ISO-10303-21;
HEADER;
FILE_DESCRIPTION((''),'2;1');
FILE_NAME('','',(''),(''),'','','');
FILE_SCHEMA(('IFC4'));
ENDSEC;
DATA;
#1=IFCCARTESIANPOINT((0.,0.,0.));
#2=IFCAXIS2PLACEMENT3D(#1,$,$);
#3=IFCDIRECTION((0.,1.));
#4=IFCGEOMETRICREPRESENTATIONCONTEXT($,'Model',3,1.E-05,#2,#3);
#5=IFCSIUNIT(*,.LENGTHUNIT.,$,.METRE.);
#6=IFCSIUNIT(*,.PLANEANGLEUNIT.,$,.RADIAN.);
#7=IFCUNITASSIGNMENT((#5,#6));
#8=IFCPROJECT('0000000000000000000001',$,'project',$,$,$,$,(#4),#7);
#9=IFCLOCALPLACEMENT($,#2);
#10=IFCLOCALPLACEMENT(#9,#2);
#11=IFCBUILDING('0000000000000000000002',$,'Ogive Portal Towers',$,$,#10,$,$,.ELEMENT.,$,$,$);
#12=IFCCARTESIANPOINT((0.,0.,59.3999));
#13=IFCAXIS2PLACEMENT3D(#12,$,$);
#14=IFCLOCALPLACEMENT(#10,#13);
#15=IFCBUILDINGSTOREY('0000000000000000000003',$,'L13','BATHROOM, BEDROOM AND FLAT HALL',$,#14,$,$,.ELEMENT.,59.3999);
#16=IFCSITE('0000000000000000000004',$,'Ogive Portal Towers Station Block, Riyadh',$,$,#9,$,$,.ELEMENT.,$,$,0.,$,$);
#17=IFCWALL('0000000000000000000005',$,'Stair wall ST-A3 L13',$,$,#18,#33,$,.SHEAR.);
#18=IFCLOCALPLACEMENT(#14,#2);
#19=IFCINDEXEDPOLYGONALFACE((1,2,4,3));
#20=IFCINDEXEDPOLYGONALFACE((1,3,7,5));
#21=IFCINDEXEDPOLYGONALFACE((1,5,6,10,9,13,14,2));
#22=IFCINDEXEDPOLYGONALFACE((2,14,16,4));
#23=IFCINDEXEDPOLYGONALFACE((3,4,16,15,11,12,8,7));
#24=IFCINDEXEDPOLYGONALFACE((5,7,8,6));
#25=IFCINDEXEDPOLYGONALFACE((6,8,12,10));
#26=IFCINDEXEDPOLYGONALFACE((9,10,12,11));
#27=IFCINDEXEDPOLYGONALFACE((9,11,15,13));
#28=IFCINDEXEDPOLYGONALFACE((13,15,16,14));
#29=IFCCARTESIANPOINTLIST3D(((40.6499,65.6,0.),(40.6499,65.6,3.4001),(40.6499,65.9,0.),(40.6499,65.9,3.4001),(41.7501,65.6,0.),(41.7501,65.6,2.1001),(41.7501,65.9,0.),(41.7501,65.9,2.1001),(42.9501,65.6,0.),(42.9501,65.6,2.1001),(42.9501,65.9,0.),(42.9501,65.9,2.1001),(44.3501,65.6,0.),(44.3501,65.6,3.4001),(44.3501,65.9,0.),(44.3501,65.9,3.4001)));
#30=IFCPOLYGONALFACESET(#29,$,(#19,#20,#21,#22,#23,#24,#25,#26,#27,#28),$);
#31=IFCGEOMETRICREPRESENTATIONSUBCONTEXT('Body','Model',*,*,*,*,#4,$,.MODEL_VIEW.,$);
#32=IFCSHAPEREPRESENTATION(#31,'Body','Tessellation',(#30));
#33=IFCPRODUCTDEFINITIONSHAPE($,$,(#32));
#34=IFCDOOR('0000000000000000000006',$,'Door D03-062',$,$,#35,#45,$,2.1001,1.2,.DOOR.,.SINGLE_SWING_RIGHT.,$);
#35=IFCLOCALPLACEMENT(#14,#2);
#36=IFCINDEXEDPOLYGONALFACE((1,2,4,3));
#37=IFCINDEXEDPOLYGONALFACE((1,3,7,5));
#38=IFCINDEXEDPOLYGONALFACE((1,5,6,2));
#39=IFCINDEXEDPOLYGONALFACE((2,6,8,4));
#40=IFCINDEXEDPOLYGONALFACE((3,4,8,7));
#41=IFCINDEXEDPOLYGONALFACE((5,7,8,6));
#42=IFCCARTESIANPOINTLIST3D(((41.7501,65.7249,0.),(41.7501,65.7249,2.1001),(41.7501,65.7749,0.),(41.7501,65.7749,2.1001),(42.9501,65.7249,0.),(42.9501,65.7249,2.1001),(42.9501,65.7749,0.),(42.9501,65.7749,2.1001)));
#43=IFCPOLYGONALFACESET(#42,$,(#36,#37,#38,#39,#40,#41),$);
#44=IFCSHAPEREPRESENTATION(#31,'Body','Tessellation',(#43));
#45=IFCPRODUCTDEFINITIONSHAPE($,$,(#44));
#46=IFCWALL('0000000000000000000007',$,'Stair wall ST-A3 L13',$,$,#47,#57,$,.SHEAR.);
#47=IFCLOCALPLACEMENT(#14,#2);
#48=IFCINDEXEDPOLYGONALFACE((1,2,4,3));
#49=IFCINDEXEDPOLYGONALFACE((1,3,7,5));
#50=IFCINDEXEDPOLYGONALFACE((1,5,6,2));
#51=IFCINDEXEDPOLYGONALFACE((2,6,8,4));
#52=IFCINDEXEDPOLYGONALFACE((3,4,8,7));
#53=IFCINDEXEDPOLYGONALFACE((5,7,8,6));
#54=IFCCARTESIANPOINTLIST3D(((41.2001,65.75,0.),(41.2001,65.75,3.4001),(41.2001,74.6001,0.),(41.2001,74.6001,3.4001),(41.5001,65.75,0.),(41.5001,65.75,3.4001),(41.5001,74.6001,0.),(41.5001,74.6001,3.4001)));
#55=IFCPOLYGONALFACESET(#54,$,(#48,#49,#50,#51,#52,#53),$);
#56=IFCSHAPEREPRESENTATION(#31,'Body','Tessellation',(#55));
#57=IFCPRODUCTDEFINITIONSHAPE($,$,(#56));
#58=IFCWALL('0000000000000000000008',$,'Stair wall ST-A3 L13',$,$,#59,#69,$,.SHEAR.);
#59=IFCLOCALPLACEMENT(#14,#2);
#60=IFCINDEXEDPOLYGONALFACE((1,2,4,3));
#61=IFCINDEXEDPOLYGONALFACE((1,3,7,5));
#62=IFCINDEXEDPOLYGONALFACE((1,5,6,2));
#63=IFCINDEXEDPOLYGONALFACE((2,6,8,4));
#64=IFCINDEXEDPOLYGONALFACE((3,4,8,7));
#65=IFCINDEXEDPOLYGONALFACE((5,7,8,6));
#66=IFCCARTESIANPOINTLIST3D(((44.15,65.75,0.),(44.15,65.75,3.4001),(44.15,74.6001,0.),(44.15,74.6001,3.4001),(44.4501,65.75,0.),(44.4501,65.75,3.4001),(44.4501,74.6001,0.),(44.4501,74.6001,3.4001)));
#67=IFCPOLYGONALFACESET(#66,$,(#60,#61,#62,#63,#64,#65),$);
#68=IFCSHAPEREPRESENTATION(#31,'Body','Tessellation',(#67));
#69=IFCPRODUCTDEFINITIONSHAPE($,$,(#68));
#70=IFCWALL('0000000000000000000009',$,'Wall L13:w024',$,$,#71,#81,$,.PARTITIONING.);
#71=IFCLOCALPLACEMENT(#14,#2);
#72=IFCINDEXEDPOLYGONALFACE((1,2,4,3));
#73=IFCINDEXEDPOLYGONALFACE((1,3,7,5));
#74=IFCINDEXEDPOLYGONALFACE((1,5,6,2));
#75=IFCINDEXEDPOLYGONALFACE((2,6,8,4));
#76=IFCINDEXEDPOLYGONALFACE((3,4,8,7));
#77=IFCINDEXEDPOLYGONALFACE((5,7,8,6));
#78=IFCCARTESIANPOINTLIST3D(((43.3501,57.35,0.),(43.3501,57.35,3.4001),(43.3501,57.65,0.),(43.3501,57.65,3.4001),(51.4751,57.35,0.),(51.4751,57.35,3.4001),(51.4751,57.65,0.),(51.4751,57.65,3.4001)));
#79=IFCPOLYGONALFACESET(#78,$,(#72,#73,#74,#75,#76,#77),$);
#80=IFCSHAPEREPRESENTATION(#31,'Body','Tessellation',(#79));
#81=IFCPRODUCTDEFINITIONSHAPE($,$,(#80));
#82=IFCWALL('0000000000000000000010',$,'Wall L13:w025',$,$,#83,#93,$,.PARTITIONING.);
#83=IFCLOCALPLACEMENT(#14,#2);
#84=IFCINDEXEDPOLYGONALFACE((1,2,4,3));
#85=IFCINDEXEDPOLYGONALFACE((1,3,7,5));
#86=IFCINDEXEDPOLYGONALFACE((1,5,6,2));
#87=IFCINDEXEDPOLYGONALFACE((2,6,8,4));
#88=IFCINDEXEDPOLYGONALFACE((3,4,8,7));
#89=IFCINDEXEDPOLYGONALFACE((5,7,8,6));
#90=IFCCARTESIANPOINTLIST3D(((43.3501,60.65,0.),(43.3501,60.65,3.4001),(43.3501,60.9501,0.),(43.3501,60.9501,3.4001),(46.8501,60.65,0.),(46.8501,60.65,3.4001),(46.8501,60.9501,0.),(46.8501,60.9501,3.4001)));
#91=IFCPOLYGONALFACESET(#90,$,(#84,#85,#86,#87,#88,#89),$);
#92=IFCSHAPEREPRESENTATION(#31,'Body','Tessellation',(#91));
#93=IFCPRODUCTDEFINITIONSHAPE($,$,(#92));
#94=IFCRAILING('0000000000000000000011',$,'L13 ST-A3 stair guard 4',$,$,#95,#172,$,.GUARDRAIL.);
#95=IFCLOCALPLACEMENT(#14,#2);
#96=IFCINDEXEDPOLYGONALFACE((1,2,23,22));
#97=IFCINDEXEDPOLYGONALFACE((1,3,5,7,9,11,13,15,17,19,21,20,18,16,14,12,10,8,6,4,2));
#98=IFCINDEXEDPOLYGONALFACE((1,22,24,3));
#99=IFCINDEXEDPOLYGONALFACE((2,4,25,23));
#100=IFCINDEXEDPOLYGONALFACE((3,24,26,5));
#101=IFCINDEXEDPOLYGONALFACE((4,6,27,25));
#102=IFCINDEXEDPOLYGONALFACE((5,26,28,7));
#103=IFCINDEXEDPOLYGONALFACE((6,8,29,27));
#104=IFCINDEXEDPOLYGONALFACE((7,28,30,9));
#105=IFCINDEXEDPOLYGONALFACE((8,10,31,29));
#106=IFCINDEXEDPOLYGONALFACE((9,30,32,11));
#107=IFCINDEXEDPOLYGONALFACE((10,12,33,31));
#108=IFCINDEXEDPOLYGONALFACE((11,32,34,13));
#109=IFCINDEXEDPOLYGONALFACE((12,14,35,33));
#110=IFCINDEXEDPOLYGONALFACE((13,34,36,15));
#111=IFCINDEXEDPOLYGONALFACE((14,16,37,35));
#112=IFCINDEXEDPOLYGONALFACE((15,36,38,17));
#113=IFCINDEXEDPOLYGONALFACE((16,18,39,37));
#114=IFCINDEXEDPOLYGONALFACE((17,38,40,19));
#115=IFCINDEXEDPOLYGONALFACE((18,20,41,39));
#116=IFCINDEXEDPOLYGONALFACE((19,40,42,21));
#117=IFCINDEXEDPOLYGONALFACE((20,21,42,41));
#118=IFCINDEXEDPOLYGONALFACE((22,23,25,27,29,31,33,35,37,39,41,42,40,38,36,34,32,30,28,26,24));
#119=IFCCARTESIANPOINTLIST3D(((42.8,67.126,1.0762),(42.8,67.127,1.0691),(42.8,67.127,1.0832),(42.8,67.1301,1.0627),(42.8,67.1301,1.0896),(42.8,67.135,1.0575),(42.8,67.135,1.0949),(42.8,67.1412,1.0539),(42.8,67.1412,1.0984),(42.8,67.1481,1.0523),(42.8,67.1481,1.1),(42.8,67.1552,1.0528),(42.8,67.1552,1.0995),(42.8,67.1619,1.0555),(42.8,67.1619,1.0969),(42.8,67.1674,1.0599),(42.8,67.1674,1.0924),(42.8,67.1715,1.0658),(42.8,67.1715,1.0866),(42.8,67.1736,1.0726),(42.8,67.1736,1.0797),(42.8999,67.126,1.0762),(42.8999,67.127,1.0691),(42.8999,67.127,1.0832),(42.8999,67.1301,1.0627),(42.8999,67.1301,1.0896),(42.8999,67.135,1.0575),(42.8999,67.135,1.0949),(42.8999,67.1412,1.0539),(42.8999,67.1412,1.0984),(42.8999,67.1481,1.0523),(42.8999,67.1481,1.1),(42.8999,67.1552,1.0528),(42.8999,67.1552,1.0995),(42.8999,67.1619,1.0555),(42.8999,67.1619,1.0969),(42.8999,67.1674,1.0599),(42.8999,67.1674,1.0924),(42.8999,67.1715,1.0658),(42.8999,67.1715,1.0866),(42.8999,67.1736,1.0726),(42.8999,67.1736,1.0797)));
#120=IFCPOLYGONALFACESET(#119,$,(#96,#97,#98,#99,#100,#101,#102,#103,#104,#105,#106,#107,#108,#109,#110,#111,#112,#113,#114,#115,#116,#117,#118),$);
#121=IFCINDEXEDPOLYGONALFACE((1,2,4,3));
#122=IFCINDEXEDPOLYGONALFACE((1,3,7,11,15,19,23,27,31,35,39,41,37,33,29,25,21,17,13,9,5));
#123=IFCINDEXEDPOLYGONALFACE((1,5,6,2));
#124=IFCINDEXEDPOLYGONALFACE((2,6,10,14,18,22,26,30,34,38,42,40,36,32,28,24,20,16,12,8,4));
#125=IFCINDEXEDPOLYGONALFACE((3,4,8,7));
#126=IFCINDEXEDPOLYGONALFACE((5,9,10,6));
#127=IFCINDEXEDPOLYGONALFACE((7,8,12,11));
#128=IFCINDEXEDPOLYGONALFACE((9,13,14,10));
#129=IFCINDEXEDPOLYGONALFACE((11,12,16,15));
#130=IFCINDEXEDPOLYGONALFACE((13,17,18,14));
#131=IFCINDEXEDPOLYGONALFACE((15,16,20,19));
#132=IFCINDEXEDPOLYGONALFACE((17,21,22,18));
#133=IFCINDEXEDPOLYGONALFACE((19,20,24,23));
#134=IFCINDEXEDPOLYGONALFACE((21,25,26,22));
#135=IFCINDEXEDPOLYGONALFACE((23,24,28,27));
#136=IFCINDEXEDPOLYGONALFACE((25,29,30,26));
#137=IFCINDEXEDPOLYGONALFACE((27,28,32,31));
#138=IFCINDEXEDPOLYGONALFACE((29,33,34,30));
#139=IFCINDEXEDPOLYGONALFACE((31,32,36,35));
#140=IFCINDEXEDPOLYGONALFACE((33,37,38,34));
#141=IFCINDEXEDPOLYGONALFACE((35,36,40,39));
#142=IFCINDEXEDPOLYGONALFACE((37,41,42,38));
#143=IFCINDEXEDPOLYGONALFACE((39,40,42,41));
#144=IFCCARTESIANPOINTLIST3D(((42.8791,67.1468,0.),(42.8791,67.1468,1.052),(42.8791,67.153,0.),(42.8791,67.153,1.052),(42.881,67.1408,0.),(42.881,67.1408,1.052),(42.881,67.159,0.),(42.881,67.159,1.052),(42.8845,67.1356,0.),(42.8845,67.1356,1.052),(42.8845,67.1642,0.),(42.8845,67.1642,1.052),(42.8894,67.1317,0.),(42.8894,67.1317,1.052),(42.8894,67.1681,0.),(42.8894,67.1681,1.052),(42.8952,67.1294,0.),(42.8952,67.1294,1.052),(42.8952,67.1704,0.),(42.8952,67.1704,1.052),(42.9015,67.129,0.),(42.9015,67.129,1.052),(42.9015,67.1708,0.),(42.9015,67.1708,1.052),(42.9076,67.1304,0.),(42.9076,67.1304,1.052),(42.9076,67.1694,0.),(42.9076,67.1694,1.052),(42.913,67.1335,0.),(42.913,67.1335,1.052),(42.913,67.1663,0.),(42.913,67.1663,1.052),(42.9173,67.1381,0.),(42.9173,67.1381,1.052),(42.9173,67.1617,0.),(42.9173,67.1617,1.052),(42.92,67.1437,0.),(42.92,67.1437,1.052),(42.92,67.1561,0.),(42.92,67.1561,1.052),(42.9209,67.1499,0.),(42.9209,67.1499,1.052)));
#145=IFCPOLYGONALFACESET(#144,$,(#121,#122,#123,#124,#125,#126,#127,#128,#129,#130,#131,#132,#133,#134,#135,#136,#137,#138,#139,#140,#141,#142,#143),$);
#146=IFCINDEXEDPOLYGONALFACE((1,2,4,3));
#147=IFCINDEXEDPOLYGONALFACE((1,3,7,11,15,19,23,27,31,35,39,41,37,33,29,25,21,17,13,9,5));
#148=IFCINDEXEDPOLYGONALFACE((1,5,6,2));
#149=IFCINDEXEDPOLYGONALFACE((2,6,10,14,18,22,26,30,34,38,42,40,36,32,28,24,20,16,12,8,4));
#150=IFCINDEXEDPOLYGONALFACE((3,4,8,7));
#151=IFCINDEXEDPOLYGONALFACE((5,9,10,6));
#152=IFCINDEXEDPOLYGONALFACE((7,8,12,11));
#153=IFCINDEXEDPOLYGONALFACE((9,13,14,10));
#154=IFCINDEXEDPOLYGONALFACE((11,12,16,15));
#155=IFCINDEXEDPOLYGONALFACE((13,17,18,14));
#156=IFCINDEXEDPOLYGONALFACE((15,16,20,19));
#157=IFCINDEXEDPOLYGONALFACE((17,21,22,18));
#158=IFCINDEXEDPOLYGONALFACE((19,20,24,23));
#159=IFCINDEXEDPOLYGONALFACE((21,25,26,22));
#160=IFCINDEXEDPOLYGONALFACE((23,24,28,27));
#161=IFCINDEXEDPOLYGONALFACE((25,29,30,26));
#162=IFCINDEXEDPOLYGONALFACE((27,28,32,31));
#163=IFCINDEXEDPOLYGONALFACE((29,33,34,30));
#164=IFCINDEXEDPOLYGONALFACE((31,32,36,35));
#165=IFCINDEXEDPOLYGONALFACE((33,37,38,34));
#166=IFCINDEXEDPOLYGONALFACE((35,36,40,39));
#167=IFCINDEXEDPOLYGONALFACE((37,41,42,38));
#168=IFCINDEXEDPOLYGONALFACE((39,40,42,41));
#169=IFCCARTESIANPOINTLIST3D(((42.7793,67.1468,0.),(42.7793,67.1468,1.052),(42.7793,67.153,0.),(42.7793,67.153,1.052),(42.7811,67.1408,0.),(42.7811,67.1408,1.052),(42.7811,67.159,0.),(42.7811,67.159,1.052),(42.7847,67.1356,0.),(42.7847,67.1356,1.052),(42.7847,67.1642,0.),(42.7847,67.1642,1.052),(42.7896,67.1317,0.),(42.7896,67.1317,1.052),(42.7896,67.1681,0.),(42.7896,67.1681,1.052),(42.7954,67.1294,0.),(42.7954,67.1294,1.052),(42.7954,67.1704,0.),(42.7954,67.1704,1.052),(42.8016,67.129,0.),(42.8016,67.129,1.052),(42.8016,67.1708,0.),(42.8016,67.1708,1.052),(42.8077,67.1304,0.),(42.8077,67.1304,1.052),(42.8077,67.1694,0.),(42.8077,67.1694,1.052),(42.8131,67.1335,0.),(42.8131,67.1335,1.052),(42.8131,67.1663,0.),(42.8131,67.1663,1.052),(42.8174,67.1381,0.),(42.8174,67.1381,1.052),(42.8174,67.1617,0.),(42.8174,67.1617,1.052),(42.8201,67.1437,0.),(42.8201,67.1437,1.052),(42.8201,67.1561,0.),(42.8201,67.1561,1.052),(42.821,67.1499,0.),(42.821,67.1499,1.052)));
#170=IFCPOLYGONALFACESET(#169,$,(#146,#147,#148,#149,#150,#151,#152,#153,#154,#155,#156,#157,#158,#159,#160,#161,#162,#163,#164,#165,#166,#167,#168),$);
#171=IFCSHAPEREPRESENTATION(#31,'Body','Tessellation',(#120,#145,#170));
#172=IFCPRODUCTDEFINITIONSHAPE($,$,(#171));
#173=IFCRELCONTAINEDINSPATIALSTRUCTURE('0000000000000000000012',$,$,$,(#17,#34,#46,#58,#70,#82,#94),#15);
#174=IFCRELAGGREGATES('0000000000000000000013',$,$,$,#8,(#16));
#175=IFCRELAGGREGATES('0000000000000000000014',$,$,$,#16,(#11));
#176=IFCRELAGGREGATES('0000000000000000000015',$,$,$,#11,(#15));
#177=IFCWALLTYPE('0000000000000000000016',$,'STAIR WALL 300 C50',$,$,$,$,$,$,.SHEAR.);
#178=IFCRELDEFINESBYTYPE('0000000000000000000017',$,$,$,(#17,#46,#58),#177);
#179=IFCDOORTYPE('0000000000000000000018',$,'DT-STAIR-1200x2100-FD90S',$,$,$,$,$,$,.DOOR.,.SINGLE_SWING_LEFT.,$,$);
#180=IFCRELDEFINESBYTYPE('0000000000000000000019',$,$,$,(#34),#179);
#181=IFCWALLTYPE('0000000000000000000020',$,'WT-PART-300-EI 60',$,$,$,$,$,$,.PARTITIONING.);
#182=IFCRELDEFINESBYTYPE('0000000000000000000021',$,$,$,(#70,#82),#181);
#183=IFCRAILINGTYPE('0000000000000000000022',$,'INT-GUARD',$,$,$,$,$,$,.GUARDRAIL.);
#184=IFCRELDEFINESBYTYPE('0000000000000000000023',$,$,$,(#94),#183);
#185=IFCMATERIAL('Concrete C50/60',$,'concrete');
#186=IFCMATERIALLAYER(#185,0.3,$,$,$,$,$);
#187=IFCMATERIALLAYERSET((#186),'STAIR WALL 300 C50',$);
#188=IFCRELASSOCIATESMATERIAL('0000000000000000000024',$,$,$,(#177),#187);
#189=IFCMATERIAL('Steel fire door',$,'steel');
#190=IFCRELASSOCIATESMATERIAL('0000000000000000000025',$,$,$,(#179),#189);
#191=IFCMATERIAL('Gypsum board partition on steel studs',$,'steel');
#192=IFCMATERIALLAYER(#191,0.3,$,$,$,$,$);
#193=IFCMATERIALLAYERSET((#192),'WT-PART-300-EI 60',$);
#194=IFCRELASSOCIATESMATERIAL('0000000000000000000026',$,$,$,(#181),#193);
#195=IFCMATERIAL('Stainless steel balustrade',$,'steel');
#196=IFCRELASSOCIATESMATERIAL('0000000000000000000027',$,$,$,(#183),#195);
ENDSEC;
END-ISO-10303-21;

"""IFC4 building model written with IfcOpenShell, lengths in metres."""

from ifc_helpers import new_model, si_unit, direction, frame, frame_2d, origin, origin_2d, place, context, subcontext, project, spatial, rectangle, circle, extrude, material, layer, layer_set, type_object, element, fill, save


model = new_model("IFC4")

# Units and contexts
model_context = context("Model", 3, precision=1e-05, world=origin(), true_north=direction((0.0, 1.0)))
body_context = subcontext(model_context, "Body", "Model", "MODEL_VIEW")
ifc_project = project(units=[si_unit("LENGTHUNIT", "METRE"), si_unit("PLANEANGLEUNIT", "RADIAN")], contexts=[model_context])

# Site, building, storey
site_placement = place(None, origin())
site = spatial("IfcSite", under=ifc_project, at=site_placement, Name="Ogive Portal Towers Station Block, Riyadh", CompositionType="ELEMENT", RefElevation=0.0)
building_placement = place(site_placement, origin())
building = spatial("IfcBuilding", under=site, at=building_placement, Name="Ogive Portal Towers", CompositionType="ELEMENT")
storey_placement = place(building_placement, frame((0.0, 0.0, 59.3999)))
storey = spatial("IfcBuildingStorey", under=building, at=storey_placement, Name="L13", Description="BATHROOM, BEDROOM AND FLAT HALL", CompositionType="ELEMENT", Elevation=59.3999)

# Wall, opening, door
ifc_material_1 = material(Name="Concrete C50/60", Category="concrete")
ifc_layer_1 = layer(ifc_material_1, 0.3)
ifc_layer_set_1 = layer_set([ifc_layer_1], Name="STAIR WALL 300 C50")
wall_type_1 = type_object("IfcWallType", Name="STAIR WALL 300 C50", PredefinedType="SHEAR", material=ifc_layer_set_1)
wall_1_placement = place(storey_placement, frame((40.6499, 65.75, 0.0), z_axis=(0.0, 0.0, 1.0), x_axis=(1.0, 0.0, 0.0)))
wall_1 = element("IfcWall", 1, at=wall_1_placement, inside=storey, type_object=wall_type_1, Name="Stair wall ST-A3 L13", PredefinedType="SHEAR", context=body_context, shape_type="SweptSolid", body=[
    extrude(rectangle(XDim=3.7002, YDim=0.3, at=frame_2d((1.8501, 0.0))), origin(), (0.0, 0.0, 1.0), 3.4001),
])
opening_1_placement = place(wall_1_placement, frame((1.1001, 0.0, 0.0)))
opening_1 = element("IfcOpeningElement", 2, at=opening_1_placement, cuts=wall_1, PredefinedType="OPENING", context=body_context, shape_type="SweptSolid", body=[
    extrude(rectangle(XDim=1.2, YDim=2.1001, at=frame_2d((0.6001, 1.05))), frame((0.0, 0.1602, 0.0), z_axis=(0.0, -1.0, 0.0), x_axis=(1.0, 0.0, 0.0)), (0.0, 0.0, 1.0), 0.3201),
])
ifc_material_2 = material(Name="Steel fire door", Category="steel")
door_type = type_object("IfcDoorType", Name="DT-STAIR-1200x2100-FD90S", OperationType="SINGLE_SWING_LEFT", PredefinedType="DOOR", material=ifc_material_2)
door_placement = place(opening_1_placement, origin())
door = element("IfcDoor", 3, at=door_placement, inside=storey, type_object=door_type, Name="Door D03-062", OperationType="SINGLE_SWING_RIGHT", OverallHeight=2.1001, OverallWidth=1.2, PredefinedType="DOOR", context=body_context, shape_type="SweptSolid", body=[
    extrude(rectangle(XDim=1.2, YDim=2.1001, at=frame_2d((0.6001, 1.05))), frame((0.0, 0.0249, 0.0), z_axis=(0.0, -1.0, 0.0), x_axis=(1.0, 0.0, 0.0)), (0.0, 0.0, 1.0), 0.05),
])
fill(opening_1, door)

# Walls
for number, where, z_axis, x_axis, name in (
    (4, (41.3501, 65.75, 0.0), (0.0, 0.0, 1.0), (0.0, 1.0, 0.0), "Stair wall ST-A3 L13"),
    (5, (44.3, 65.75, 0.0), (0.0, 0.0, 1.0), (0.0, 1.0, 0.0), "Stair wall ST-A3 L13"),
):
    element("IfcWall", number, at=place(storey_placement, frame(where, z_axis=z_axis, x_axis=x_axis)), inside=storey, type_object=wall_type_1, Name=name, PredefinedType="SHEAR", context=body_context, shape_type="SweptSolid", body=[
        extrude(rectangle(XDim=8.8501, YDim=0.3, at=frame_2d((4.425, 0.0))), origin(), (0.0, 0.0, 1.0), 3.4001),
    ])
ifc_material_3 = material(Name="Gypsum board partition on steel studs", Category="steel")
ifc_layer_2 = layer(ifc_material_3, 0.3)
ifc_layer_set_2 = layer_set([ifc_layer_2], Name="WT-PART-300-EI 60")
wall_type_2 = type_object("IfcWallType", Name="WT-PART-300-EI 60", PredefinedType="PARTITIONING", material=ifc_layer_set_2)
wall_2_placement = place(storey_placement, frame((43.3501, 57.5, 0.0), z_axis=(0.0, 0.0, 1.0), x_axis=(1.0, 0.0, 0.0)))
element("IfcWall", 6, at=wall_2_placement, inside=storey, type_object=wall_type_2, Name="Wall L13:w024", PredefinedType="PARTITIONING", context=body_context, shape_type="SweptSolid", body=[
    extrude(rectangle(XDim=8.125, YDim=0.3, at=frame_2d((4.0625, 0.0))), origin(), (0.0, 0.0, 1.0), 3.4001),
])
wall_3_placement = place(storey_placement, frame((43.3501, 60.8, 0.0), z_axis=(0.0, 0.0, 1.0), x_axis=(1.0, 0.0, 0.0)))
element("IfcWall", 7, at=wall_3_placement, inside=storey, type_object=wall_type_2, Name="Wall L13:w025", PredefinedType="PARTITIONING", context=body_context, shape_type="SweptSolid", body=[
    extrude(rectangle(XDim=3.5, YDim=0.3, at=frame_2d((1.75, 0.0))), origin(), (0.0, 0.0, 1.0), 3.4001),
])

# Railing
ifc_material_4 = material(Name="Stainless steel balustrade", Category="steel")
railing_type = type_object("IfcRailingType", Name="INT-GUARD", PredefinedType="GUARDRAIL", material=ifc_material_4)
railing_placement = place(storey_placement, frame((42.8999, 67.1499, 0.0)))
element("IfcRailing", 8, at=railing_placement, inside=storey, type_object=railing_type, Name="L13 ST-A3 stair guard 4", PredefinedType="GUARDRAIL", context=body_context, shape_type="SweptSolid", body=[
    extrude(circle(Radius=0.0239, at=origin_2d()), frame((0.0, 0.0, 1.0762), z_axis=(-1.0, 0.0, 0.0), x_axis=(0.0, -1.0, 0.0)), (0.0, 0.0, 1.0), 0.0999),
    extrude(circle(Radius=0.021, at=origin_2d()), origin(), (0.0, 0.0, 1.0), 1.052),
    extrude(circle(Radius=0.021, at=origin_2d()), frame((-0.0999, 0.0, 0.0)), (0.0, 0.0, 1.0), 1.052),
])

save(model, "model.ifc")
